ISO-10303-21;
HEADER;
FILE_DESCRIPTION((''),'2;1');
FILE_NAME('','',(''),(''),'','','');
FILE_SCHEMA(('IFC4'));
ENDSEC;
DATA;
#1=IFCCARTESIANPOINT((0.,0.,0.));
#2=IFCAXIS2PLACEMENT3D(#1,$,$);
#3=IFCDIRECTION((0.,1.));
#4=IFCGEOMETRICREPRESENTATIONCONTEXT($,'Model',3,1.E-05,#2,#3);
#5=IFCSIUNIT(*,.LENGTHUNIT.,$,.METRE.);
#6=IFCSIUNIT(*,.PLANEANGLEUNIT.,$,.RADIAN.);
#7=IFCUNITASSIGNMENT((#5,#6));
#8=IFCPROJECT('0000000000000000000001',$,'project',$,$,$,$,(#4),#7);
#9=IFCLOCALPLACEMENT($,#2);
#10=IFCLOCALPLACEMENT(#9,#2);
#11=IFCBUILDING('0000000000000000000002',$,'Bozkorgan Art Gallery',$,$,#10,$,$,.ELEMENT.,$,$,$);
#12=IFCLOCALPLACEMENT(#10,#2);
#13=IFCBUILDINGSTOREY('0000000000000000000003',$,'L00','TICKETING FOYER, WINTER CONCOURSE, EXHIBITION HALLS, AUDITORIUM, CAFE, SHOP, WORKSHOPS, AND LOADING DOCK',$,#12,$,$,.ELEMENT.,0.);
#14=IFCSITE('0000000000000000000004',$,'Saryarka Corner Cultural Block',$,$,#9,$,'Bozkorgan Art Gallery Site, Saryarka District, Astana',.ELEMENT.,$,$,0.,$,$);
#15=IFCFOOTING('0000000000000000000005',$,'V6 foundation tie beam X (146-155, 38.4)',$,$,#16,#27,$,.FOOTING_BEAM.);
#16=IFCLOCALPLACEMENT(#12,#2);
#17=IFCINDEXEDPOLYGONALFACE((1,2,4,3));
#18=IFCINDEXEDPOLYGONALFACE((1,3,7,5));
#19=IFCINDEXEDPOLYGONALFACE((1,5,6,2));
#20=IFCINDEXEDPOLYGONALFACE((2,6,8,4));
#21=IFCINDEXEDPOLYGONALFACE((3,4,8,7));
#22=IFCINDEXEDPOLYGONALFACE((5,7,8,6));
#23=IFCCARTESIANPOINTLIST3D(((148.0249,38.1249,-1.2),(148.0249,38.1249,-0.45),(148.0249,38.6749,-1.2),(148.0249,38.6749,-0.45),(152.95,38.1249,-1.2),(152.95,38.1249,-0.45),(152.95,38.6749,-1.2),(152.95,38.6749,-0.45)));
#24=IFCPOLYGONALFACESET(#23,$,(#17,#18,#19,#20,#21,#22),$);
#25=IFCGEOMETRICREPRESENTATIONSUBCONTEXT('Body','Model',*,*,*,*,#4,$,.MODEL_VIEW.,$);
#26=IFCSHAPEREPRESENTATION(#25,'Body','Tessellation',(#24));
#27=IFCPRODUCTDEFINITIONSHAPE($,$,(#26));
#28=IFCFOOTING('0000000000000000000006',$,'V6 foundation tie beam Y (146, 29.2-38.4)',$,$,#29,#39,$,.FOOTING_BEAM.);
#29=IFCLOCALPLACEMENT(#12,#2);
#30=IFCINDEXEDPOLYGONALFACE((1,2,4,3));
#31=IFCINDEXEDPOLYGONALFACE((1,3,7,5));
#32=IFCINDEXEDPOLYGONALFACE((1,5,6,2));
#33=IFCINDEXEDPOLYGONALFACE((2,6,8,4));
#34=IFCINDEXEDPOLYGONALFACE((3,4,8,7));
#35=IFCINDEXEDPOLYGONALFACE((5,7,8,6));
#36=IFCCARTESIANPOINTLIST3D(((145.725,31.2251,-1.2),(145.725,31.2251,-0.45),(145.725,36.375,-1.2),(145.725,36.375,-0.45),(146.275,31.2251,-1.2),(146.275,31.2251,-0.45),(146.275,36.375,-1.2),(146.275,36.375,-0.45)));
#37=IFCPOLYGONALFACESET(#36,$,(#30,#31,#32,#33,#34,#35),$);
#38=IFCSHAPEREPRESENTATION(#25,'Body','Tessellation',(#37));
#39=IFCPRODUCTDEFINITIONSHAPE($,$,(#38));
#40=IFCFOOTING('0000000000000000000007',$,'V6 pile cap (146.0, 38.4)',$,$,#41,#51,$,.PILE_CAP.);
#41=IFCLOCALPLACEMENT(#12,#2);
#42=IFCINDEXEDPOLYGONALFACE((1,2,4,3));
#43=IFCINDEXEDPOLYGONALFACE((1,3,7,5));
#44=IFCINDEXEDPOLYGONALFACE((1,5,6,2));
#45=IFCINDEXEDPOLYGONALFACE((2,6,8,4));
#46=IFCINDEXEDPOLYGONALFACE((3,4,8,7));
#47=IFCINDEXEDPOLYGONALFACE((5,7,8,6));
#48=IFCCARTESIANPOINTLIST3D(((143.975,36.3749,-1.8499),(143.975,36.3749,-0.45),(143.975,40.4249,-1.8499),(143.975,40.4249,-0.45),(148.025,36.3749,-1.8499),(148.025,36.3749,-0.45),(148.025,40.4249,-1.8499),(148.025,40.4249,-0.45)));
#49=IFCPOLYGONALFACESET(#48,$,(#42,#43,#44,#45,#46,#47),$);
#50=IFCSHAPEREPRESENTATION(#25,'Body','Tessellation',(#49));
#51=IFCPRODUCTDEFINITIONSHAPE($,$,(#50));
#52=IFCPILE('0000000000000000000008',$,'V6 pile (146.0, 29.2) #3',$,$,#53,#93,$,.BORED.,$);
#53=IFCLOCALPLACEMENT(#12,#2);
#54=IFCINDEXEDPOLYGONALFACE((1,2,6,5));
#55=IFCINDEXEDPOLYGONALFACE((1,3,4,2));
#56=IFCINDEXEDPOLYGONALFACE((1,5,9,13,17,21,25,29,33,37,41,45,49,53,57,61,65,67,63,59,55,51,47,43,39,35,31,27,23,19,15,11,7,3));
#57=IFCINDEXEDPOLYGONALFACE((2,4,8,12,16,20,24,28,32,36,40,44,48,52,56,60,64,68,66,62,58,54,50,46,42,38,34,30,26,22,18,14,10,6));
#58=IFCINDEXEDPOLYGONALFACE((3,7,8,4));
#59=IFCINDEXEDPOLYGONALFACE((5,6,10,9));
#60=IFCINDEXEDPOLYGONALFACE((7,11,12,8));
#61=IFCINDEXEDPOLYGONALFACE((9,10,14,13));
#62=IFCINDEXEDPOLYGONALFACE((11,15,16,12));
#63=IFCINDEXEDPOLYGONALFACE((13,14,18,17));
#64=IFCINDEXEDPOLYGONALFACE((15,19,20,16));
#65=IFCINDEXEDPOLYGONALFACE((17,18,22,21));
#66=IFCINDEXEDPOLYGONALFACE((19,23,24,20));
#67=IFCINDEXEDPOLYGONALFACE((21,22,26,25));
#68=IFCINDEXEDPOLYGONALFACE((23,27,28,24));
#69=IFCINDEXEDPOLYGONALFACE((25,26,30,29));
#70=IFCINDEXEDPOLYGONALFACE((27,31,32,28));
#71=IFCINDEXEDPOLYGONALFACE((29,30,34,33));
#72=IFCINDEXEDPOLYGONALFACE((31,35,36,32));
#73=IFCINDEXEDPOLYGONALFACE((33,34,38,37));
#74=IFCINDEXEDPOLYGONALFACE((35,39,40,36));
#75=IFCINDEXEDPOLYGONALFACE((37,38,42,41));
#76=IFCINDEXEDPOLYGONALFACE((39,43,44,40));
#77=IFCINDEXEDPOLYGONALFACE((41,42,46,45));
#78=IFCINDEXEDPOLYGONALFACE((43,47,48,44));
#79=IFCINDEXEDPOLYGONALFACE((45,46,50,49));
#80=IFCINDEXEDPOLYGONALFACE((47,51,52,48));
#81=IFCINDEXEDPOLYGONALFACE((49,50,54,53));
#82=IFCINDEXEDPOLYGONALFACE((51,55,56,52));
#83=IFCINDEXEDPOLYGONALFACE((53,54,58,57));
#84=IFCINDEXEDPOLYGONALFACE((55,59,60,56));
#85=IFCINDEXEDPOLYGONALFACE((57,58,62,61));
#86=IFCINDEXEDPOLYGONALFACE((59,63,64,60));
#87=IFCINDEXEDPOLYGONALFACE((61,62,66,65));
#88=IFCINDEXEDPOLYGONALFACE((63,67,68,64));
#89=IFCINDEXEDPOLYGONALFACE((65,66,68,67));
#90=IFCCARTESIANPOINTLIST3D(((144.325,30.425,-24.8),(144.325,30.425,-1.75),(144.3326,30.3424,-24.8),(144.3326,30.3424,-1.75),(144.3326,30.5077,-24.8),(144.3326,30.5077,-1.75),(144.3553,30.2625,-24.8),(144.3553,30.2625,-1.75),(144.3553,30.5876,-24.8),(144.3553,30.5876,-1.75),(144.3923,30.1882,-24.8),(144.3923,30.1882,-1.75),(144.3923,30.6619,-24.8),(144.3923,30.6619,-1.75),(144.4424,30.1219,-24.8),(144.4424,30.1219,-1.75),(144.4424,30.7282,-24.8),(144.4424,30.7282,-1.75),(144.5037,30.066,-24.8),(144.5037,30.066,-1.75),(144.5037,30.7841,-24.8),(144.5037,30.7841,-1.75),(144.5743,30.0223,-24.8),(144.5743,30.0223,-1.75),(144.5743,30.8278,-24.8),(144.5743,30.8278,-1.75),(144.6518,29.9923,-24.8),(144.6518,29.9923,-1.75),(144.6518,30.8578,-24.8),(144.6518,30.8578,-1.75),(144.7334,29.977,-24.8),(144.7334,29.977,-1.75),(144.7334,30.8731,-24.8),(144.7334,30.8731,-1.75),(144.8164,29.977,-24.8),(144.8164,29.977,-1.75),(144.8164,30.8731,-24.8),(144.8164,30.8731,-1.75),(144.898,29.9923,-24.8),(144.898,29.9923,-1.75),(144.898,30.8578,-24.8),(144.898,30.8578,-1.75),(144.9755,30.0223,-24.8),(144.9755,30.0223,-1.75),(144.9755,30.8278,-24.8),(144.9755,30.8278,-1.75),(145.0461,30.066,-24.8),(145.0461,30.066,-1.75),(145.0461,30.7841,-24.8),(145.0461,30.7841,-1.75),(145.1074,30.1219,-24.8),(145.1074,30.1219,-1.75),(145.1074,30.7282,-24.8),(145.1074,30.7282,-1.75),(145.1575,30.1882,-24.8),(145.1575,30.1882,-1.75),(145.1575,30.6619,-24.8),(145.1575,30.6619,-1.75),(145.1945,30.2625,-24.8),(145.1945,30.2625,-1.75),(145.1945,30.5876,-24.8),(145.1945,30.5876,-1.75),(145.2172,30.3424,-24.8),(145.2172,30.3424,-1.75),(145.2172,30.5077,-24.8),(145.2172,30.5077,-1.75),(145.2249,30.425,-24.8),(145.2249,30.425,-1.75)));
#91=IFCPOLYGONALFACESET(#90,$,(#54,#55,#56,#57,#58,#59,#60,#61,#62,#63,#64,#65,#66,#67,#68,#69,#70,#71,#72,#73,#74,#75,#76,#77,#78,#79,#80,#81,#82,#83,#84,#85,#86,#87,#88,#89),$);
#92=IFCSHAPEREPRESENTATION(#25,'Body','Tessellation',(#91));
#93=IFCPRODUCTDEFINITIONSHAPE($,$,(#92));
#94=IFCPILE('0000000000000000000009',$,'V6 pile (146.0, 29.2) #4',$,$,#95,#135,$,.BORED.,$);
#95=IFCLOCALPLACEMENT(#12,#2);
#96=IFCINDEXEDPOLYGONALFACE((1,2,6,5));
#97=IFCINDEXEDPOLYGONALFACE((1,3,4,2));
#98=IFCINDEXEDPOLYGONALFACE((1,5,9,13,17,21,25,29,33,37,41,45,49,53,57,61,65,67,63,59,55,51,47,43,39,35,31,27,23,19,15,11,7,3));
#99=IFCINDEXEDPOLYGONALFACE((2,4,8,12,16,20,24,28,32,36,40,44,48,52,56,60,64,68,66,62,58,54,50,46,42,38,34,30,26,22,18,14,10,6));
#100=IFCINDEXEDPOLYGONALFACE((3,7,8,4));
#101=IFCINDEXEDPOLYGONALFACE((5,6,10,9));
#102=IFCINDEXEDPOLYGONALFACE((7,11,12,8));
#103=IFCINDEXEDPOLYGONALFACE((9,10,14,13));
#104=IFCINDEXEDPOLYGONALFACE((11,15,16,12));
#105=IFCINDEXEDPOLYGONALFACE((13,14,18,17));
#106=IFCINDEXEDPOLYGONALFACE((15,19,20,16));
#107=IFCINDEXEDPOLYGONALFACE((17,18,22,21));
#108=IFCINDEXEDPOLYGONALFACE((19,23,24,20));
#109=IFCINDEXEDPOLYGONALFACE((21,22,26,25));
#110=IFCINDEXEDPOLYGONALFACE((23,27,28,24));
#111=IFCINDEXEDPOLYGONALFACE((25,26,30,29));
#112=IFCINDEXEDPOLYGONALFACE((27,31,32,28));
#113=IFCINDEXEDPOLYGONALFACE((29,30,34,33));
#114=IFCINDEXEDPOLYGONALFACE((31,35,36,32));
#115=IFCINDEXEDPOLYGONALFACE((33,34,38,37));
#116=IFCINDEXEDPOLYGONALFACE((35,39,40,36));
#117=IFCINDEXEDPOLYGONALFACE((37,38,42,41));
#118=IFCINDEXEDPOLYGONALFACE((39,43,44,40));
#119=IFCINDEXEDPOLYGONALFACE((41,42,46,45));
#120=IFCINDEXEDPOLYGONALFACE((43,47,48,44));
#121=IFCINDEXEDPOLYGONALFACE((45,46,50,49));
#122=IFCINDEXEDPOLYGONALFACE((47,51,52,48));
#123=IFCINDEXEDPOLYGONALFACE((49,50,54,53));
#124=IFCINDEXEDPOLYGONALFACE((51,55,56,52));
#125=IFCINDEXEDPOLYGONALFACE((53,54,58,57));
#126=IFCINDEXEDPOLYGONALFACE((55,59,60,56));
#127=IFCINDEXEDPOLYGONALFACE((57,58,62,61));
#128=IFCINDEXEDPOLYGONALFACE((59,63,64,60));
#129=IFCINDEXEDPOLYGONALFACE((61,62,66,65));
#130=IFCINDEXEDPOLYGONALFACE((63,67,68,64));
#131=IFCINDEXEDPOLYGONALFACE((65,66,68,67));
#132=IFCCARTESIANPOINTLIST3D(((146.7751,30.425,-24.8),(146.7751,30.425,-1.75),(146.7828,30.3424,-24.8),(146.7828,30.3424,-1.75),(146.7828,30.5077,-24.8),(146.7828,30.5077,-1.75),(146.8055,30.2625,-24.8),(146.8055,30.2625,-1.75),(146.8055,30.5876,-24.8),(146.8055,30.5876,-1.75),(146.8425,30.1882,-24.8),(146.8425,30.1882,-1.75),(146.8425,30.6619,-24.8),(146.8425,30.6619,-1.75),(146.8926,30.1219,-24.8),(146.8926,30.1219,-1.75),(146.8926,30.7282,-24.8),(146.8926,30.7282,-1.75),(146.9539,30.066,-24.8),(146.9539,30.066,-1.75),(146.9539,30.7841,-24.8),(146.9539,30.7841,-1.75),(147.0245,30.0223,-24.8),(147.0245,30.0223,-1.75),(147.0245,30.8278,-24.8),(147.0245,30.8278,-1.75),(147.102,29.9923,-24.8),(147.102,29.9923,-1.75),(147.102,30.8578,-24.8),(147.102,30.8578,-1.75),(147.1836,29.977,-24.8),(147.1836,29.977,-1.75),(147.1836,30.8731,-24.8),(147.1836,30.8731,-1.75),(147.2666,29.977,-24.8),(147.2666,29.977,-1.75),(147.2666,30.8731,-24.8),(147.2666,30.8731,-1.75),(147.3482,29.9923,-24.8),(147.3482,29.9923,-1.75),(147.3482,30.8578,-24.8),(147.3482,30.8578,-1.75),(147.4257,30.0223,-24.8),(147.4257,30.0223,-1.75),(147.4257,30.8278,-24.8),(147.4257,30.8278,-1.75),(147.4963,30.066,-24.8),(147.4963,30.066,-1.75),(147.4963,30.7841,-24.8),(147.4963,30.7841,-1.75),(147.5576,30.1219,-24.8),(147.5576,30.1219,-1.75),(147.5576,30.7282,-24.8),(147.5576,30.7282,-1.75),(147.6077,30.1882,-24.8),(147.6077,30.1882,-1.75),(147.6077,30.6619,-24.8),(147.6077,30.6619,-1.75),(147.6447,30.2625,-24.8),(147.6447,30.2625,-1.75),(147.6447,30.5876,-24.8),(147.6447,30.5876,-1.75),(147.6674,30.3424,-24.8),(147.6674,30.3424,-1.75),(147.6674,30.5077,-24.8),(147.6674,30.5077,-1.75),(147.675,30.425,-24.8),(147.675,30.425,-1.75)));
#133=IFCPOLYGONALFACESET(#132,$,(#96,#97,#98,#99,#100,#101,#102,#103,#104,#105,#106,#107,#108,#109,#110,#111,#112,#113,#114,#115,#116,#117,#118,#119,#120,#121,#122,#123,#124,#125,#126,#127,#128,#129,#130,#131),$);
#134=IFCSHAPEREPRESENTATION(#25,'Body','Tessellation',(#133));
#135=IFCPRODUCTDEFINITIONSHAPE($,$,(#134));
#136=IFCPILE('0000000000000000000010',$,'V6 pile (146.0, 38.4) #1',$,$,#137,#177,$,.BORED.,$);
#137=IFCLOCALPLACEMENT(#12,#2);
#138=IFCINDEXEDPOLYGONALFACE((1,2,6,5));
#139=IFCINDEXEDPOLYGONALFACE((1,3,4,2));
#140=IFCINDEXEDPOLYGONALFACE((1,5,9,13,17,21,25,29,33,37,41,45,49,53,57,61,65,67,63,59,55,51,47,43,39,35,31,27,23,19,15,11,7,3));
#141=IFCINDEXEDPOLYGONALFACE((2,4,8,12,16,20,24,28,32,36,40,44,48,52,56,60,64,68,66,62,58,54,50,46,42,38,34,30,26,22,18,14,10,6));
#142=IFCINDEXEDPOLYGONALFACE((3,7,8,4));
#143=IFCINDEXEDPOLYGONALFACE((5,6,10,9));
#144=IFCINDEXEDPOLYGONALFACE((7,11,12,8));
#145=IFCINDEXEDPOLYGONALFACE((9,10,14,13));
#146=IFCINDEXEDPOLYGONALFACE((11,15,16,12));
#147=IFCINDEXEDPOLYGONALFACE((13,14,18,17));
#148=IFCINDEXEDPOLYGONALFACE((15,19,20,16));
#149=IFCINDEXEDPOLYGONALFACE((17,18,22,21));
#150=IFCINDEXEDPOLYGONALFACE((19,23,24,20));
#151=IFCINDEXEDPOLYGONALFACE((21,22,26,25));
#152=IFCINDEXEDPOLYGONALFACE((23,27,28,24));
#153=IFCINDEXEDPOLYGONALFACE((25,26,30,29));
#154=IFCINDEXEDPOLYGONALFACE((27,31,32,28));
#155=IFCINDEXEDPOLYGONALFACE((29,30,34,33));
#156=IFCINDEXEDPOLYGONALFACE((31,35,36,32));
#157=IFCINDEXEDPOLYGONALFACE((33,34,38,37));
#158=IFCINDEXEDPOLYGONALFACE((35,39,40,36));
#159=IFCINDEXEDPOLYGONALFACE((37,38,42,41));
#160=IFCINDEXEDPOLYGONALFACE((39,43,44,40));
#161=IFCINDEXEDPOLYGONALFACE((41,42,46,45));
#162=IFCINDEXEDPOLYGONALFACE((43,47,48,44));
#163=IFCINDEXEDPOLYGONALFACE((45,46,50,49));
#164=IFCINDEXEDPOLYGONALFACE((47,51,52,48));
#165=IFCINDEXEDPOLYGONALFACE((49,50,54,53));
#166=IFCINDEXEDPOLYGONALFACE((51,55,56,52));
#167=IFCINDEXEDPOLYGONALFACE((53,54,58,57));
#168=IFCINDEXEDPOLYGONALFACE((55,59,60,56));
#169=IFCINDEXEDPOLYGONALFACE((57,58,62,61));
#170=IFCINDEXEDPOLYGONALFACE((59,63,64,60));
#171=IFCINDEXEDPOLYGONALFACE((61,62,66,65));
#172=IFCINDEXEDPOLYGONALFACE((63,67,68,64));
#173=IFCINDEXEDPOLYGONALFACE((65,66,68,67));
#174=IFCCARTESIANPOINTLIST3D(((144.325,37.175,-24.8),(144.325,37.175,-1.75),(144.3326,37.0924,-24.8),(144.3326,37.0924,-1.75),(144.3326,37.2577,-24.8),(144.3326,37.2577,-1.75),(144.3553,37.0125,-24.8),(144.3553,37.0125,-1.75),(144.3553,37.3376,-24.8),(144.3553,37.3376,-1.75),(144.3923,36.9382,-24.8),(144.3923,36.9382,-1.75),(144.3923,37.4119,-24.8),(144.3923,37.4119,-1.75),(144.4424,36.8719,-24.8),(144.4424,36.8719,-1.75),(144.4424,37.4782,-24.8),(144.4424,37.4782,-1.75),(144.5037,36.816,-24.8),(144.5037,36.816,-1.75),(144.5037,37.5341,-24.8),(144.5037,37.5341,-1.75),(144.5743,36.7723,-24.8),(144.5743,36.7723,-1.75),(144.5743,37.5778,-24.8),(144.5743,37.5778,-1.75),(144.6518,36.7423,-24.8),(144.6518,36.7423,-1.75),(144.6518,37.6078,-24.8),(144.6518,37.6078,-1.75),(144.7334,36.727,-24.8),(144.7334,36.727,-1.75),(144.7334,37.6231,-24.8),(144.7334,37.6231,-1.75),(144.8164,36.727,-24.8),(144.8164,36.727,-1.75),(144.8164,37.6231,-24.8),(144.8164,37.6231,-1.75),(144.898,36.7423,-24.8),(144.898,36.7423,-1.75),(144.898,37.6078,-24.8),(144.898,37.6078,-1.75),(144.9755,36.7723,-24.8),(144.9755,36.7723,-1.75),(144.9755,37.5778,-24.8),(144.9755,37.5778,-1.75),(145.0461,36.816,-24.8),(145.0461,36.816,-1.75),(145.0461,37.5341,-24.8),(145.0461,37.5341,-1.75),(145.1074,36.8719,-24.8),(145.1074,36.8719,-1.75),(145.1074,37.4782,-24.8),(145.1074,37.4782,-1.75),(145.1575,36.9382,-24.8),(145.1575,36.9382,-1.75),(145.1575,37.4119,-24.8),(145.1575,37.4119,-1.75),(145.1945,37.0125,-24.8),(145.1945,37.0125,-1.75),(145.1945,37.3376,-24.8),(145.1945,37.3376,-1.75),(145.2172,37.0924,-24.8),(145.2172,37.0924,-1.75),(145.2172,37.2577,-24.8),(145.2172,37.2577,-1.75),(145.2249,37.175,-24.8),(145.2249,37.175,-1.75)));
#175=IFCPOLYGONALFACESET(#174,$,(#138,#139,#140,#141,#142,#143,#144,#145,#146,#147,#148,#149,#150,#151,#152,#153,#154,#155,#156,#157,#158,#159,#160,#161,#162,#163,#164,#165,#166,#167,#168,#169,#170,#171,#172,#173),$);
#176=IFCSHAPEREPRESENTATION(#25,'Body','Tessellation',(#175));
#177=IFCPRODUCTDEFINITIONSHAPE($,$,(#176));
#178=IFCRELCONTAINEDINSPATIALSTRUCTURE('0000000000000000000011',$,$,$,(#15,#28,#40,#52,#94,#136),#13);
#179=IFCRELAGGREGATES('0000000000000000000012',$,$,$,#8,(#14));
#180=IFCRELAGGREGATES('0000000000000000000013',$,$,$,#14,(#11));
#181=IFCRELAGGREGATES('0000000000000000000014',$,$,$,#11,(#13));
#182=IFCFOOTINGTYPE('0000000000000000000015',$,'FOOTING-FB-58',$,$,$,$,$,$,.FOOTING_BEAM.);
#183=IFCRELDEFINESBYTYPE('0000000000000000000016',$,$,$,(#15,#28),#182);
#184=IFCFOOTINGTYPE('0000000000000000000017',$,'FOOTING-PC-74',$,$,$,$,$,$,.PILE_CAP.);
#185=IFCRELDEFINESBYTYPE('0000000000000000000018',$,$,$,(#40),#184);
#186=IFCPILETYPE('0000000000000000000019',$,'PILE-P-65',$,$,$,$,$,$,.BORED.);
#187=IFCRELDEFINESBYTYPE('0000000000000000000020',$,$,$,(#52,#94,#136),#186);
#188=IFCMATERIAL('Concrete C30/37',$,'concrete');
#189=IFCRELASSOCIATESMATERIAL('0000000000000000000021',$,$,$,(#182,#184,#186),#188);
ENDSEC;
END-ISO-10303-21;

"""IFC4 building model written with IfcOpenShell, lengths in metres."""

from ifc_helpers import new_model, si_unit, direction, frame, origin, origin_2d, place, context, subcontext, project, spatial, rectangle, circle, extrude, material, material_profile, profile_set, type_object, element, save


model = new_model("IFC4")

# Units and contexts
model_context = context("Model", 3, precision=1e-05, world=origin(), true_north=direction((0.0, 1.0)))
body_context = subcontext(model_context, "Body", "Model", "MODEL_VIEW")
ifc_project = project(units=[si_unit("LENGTHUNIT", "METRE"), si_unit("PLANEANGLEUNIT", "RADIAN")], contexts=[model_context])

# Site, building, storey
site_placement = place(None, origin())
site = spatial("IfcSite", under=ifc_project, at=site_placement, Name="Saryarka Corner Cultural Block", LongName="Bozkorgan Art Gallery Site, Saryarka District, Astana", CompositionType="ELEMENT", RefElevation=0.0)
building_placement = place(site_placement, origin())
building = spatial("IfcBuilding", under=site, at=building_placement, Name="Bozkorgan Art Gallery", CompositionType="ELEMENT")
storey_placement = place(building_placement, origin())
storey = spatial("IfcBuildingStorey", under=building, at=storey_placement, Name="L00", Description="TICKETING FOYER, WINTER CONCOURSE, EXHIBITION HALLS, AUDITORIUM, CAFE, SHOP, WORKSHOPS, AND LOADING DOCK", CompositionType="ELEMENT", Elevation=0.0)

# Footings
ifc_material_1 = material(Name="Concrete C30/37", Category="concrete")
ifc_material_profile_1 = material_profile(ifc_material_1, rectangle(XDim=0.55, YDim=0.75, at=origin_2d()), Name="FND 550x750")
ifc_profile_set_1 = profile_set([ifc_material_profile_1], Name="Concrete C30/37")
footing_type_1 = type_object("IfcFootingType", Name="FOOTING-FB-58", PredefinedType="FOOTING_BEAM", material=ifc_profile_set_1)
footing_1_placement = place(storey_placement, frame((148.0249, 38.3999, -0.825), z_axis=(1.0, 0.0, 0.0), x_axis=(0.0, 1.0, 0.0)))
element("IfcFooting", 1, at=footing_1_placement, inside=storey, type_object=footing_type_1, Name="V6 foundation tie beam X (146-155, 38.4)", PredefinedType="FOOTING_BEAM", context=body_context, shape_type="SweptSolid", body=[
    extrude(rectangle(XDim=0.55, YDim=0.75, at=origin_2d()), origin(), (0.0, 0.0, 1.0), 4.925),
])
footing_2_placement = place(storey_placement, frame((146.0, 31.2251, -0.825), z_axis=(0.0, 1.0, 0.0), x_axis=(-1.0, 0.0, 0.0)))
element("IfcFooting", 2, at=footing_2_placement, inside=storey, type_object=footing_type_1, Name="V6 foundation tie beam Y (146, 29.2-38.4)", PredefinedType="FOOTING_BEAM", context=body_context, shape_type="SweptSolid", body=[
    extrude(rectangle(XDim=0.55, YDim=0.75, at=origin_2d()), origin(), (0.0, 0.0, 1.0), 5.1499),
])
footing_type_2 = type_object("IfcFootingType", Name="FOOTING-PC-74", PredefinedType="PILE_CAP", material=ifc_material_1)
footing_3_placement = place(storey_placement, frame((146.0, 38.3999, -1.8499), z_axis=(0.0, 0.0, 1.0), x_axis=(1.0, 0.0, 0.0)))
element("IfcFooting", 3, at=footing_3_placement, inside=storey, type_object=footing_type_2, Name="V6 pile cap (146.0, 38.4)", PredefinedType="PILE_CAP", context=body_context, shape_type="SweptSolid", body=[
    extrude(rectangle(XDim=4.05, YDim=4.05, at=origin_2d()), origin(), (0.0, 0.0, 1.0), 1.3999),
])

# Piles
ifc_material_profile_2 = material_profile(ifc_material_1, circle(Radius=0.45, at=origin_2d()), Name="PILE D900")
ifc_profile_set_2 = profile_set([ifc_material_profile_2], Name="Concrete C30/37")
pile_type = type_object("IfcPileType", Name="PILE-P-65", PredefinedType="BORED", material=ifc_profile_set_2)
for number, where, z_axis, x_axis, name in (
    (4, (144.7749, 30.425, -1.75), (0.0, 0.0, -1.0), (1.0, 0.0, 0.0), "V6 pile (146.0, 29.2) #3"),
    (5, (147.2251, 30.425, -1.75), (0.0, 0.0, -1.0), (1.0, 0.0, 0.0), "V6 pile (146.0, 29.2) #4"),
    (6, (144.7749, 37.175, -1.75), (0.0, 0.0, -1.0), (1.0, 0.0, 0.0), "V6 pile (146.0, 38.4) #1"),
):
    element("IfcPile", number, at=place(storey_placement, frame(where, z_axis=z_axis, x_axis=x_axis)), inside=storey, type_object=pile_type, Name=name, PredefinedType="BORED", context=body_context, shape_type="SweptSolid", body=[
        extrude(circle(Radius=0.45, at=origin_2d()), origin(), (0.0, 0.0, 1.0), 23.05),
    ])

save(model, "model.ifc")
